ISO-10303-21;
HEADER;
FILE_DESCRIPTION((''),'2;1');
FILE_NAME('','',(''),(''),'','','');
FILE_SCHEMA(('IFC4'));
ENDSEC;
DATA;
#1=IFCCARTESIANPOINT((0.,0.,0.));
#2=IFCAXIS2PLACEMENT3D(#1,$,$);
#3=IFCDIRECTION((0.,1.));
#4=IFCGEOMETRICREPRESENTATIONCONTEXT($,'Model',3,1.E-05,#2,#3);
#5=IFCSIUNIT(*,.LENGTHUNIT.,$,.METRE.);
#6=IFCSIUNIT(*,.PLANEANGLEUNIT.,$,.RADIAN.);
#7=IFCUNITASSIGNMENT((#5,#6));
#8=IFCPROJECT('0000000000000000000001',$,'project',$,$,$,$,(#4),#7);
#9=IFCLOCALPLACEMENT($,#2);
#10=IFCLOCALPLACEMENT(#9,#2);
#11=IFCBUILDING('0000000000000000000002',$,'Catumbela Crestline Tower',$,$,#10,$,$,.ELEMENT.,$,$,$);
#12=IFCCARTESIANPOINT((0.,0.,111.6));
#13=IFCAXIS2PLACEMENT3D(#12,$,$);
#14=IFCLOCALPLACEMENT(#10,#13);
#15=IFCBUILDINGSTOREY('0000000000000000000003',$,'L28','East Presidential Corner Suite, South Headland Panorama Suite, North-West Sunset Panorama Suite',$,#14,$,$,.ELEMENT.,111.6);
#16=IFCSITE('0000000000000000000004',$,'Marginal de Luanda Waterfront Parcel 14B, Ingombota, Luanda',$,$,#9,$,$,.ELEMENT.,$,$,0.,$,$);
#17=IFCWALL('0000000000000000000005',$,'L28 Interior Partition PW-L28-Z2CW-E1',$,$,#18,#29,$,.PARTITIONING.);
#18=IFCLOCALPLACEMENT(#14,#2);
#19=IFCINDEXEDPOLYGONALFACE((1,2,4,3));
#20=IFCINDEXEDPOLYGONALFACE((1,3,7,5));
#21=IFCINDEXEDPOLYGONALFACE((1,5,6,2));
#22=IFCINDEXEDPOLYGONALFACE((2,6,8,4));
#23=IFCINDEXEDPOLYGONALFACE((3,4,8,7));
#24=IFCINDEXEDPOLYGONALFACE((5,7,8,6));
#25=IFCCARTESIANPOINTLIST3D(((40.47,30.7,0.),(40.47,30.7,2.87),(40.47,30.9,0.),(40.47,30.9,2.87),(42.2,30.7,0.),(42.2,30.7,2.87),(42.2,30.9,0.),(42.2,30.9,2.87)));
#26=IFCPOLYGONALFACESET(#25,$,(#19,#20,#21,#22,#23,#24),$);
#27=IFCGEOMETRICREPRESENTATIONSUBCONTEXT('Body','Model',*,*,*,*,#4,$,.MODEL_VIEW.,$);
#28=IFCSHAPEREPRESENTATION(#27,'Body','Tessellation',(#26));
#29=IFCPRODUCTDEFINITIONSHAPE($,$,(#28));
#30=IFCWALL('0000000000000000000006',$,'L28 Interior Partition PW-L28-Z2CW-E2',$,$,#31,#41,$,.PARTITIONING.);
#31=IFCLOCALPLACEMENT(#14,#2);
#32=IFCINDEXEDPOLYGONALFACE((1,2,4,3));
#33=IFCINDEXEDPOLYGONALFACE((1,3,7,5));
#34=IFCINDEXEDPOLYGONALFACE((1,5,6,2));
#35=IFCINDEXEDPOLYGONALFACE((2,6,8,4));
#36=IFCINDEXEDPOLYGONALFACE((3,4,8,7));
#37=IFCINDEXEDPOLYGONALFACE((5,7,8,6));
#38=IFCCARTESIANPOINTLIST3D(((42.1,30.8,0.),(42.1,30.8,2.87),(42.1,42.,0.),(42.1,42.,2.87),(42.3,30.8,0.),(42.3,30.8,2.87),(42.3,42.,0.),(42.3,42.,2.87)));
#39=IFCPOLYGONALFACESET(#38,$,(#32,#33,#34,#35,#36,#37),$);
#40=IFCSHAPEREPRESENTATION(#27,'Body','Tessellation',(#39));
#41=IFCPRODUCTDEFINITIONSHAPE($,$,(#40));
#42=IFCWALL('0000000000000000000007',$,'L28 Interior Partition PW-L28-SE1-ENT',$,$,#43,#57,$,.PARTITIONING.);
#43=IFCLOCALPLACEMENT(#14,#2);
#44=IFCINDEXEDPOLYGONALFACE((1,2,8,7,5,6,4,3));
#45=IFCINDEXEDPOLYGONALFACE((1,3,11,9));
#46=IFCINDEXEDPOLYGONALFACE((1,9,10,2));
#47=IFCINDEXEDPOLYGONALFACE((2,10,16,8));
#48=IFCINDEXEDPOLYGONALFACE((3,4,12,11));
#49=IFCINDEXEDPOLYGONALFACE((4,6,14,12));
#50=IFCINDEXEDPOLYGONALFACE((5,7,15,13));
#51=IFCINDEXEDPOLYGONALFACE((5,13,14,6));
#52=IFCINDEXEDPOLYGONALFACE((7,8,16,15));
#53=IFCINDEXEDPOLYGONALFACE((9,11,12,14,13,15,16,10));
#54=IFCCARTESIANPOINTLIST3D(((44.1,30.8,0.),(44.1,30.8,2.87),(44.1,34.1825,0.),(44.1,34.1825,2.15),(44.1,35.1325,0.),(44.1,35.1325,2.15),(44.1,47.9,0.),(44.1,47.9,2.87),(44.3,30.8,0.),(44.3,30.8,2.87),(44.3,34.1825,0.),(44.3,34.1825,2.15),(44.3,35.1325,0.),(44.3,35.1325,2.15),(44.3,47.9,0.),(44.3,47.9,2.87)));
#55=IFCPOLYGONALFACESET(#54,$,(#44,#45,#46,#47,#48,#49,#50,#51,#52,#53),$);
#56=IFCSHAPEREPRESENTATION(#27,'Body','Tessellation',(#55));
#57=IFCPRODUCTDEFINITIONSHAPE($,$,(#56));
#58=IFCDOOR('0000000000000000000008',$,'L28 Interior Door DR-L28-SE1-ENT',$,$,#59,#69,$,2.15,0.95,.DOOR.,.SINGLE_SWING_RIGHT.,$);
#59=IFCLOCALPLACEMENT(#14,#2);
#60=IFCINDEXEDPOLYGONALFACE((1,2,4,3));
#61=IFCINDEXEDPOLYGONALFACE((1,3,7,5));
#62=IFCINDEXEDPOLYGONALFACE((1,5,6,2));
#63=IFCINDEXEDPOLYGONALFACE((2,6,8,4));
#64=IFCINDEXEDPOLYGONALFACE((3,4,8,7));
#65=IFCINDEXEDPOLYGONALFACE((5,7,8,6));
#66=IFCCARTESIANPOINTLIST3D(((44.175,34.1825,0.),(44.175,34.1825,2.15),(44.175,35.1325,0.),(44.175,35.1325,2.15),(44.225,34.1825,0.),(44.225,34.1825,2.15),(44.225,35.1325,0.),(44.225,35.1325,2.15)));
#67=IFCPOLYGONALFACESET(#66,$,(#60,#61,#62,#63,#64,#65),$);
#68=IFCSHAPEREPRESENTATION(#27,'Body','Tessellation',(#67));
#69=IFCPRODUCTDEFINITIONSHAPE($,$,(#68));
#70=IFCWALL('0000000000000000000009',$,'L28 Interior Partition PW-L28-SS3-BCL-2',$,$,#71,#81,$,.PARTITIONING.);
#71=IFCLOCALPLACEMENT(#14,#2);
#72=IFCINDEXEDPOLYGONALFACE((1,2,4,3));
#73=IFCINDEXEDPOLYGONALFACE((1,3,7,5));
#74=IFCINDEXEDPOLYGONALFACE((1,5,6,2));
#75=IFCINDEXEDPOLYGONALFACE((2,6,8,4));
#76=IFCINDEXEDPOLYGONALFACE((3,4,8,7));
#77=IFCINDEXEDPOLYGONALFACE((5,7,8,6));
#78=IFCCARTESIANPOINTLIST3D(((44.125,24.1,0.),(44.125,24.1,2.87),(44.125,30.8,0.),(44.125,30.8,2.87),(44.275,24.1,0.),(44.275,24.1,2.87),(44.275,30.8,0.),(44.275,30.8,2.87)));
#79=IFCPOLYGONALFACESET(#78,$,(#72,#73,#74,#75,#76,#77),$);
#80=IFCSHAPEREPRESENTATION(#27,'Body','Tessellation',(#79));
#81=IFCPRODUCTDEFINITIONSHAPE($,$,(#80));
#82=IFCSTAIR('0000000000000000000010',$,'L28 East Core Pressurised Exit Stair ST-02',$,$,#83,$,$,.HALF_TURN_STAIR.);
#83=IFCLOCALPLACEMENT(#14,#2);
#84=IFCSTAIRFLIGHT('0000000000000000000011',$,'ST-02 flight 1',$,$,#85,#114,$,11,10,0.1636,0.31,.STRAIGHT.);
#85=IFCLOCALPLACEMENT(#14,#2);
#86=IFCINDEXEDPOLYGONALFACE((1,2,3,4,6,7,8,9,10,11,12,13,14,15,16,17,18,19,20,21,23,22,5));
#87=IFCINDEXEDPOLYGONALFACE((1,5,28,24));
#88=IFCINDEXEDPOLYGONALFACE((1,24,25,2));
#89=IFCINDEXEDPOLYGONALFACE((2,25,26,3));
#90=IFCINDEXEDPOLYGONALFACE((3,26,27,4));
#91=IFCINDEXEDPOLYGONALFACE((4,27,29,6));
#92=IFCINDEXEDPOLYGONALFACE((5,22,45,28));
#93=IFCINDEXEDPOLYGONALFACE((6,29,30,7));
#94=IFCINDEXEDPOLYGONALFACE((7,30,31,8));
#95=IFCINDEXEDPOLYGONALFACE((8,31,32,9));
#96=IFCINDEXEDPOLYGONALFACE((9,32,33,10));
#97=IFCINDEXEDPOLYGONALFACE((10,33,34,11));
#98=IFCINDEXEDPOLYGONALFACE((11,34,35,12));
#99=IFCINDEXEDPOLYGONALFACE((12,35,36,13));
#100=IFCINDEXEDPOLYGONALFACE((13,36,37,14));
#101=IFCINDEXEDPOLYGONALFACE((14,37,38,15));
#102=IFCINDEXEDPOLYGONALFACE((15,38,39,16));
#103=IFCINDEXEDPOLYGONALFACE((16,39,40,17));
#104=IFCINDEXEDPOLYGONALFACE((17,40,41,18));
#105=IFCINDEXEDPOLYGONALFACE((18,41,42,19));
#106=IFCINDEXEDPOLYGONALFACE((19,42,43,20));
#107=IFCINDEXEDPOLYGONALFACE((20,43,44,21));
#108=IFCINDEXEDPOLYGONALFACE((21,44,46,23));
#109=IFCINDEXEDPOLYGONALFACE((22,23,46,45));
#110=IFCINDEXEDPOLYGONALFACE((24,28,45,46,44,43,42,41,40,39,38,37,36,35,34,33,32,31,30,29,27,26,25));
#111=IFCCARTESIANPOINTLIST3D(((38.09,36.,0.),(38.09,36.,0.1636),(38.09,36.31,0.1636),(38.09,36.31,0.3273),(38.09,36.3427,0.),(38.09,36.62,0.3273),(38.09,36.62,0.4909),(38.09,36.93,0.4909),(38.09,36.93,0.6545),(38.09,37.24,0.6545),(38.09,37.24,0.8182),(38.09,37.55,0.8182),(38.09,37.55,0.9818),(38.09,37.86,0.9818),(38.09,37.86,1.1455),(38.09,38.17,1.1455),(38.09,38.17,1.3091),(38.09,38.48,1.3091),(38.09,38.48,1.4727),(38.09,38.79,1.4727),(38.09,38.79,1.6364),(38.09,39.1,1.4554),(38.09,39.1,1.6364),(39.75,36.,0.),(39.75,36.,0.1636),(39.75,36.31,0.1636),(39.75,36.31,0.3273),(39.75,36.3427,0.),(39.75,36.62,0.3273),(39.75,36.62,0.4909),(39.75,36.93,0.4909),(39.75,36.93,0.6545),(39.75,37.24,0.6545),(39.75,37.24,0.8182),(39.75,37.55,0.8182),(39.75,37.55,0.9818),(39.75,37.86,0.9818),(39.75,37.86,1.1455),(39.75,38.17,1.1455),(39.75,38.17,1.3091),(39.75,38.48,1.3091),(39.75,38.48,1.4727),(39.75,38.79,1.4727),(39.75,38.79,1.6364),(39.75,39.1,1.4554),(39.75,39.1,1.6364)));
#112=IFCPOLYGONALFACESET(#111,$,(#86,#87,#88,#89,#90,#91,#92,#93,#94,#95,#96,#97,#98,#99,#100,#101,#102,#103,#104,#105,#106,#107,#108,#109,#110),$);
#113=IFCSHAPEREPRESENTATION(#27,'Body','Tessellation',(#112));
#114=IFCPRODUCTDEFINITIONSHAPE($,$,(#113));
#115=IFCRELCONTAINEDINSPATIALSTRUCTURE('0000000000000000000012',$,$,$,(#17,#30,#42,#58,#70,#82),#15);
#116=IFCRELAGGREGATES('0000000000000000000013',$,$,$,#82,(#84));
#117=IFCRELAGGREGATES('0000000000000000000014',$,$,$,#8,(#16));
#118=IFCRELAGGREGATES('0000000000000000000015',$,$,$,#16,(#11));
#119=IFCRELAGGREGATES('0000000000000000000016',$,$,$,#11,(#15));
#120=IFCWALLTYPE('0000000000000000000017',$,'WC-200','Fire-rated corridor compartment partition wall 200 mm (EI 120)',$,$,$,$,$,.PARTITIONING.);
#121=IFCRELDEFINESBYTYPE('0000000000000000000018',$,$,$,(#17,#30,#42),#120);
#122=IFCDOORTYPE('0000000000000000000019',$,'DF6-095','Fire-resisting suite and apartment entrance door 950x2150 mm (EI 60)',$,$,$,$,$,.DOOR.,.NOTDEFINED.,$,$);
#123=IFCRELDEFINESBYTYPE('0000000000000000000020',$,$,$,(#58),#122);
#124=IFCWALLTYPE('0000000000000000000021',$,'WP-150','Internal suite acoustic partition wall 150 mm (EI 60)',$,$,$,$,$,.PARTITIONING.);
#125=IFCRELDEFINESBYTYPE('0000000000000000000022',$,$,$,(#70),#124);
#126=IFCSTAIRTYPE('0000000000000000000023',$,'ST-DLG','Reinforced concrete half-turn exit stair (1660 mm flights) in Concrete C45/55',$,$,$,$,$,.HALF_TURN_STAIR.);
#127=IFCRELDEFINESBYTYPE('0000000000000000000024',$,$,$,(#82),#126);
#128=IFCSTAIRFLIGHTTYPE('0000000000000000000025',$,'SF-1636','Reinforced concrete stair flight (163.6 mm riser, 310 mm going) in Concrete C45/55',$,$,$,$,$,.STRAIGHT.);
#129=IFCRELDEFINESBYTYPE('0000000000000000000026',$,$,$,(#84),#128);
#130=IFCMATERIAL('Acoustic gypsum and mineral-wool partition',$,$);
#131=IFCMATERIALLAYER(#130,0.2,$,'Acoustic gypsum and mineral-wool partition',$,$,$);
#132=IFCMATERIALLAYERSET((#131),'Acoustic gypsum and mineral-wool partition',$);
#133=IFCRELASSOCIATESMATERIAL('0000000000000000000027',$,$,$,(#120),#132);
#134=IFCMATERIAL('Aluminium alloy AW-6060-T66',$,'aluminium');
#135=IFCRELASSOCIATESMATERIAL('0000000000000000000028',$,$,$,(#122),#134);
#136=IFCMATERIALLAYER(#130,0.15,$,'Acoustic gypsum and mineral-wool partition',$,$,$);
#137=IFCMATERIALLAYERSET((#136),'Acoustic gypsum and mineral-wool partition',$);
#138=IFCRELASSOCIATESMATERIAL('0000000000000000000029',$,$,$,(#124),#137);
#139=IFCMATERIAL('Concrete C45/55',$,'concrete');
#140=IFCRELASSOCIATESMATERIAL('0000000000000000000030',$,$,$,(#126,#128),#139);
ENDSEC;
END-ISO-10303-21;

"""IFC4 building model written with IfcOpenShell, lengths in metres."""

from ifc_helpers import new_model, si_unit, direction, frame, frame_2d, origin, place, context, subcontext, project, spatial, polyline, rectangle, outline, extrude, material, layer, layer_set, type_object, element, fill, aggregate, save


model = new_model("IFC4")

# Units and contexts
model_context = context("Model", 3, precision=1e-05, world=origin(), true_north=direction((0.0, 1.0)))
body_context = subcontext(model_context, "Body", "Model", "MODEL_VIEW")
ifc_project = project(units=[si_unit("LENGTHUNIT", "METRE"), si_unit("PLANEANGLEUNIT", "RADIAN")], contexts=[model_context])

# Site, building, storey
site_placement = place(None, origin())
site = spatial("IfcSite", under=ifc_project, at=site_placement, Name="Marginal de Luanda Waterfront Parcel 14B, Ingombota, Luanda", CompositionType="ELEMENT", RefElevation=0.0)
building_placement = place(site_placement, origin())
building = spatial("IfcBuilding", under=site, at=building_placement, Name="Catumbela Crestline Tower", CompositionType="ELEMENT")
storey_placement = place(building_placement, frame((0.0, 0.0, 111.6)))
storey = spatial("IfcBuildingStorey", under=building, at=storey_placement, Name="L28", Description="East Presidential Corner Suite, South Headland Panorama Suite, North-West Sunset Panorama Suite", CompositionType="ELEMENT", Elevation=111.6)

# Shared definitions
ifc_material_1 = material(Name="Aluminium alloy AW-6060-T66", Category="aluminium")

# Walls
ifc_material_2 = material(Name="Acoustic gypsum and mineral-wool partition")
ifc_layer_1 = layer(ifc_material_2, 0.2, Name="Acoustic gypsum and mineral-wool partition")
ifc_layer_set_1 = layer_set([ifc_layer_1], Name="Acoustic gypsum and mineral-wool partition")
wall_type_1 = type_object("IfcWallType", Name="WC-200", Description="Fire-rated corridor compartment partition wall 200 mm (EI 120)", PredefinedType="PARTITIONING", material=ifc_layer_set_1)
wall_1_placement = place(storey_placement, frame((40.47, 30.8, 0.0), z_axis=(0.0, 0.0, 1.0), x_axis=(1.0, 0.0, 0.0)))
element("IfcWall", 1, at=wall_1_placement, inside=storey, type_object=wall_type_1, Name="L28 Interior Partition PW-L28-Z2CW-E1", PredefinedType="PARTITIONING", context=body_context, shape_type="SweptSolid", body=[
    extrude(rectangle(XDim=1.73, YDim=0.2, at=frame_2d((0.865, 0.0))), origin(), (0.0, 0.0, 1.0), 2.87),
])
wall_2_placement = place(storey_placement, frame((42.2, 30.8, 0.0), z_axis=(0.0, 0.0, 1.0), x_axis=(0.0, 1.0, 0.0)))
element("IfcWall", 2, at=wall_2_placement, inside=storey, type_object=wall_type_1, Name="L28 Interior Partition PW-L28-Z2CW-E2", PredefinedType="PARTITIONING", context=body_context, shape_type="SweptSolid", body=[
    extrude(rectangle(XDim=11.2, YDim=0.2, at=frame_2d((5.6, 0.0))), origin(), (0.0, 0.0, 1.0), 2.87),
])

# Wall, opening, door
wall_3_placement = place(storey_placement, frame((44.2, 30.8, 0.0), z_axis=(0.0, 0.0, 1.0), x_axis=(0.0, 1.0, 0.0)))
wall_3 = element("IfcWall", 3, at=wall_3_placement, inside=storey, type_object=wall_type_1, Name="L28 Interior Partition PW-L28-SE1-ENT", PredefinedType="PARTITIONING", context=body_context, shape_type="SweptSolid", body=[
    extrude(rectangle(XDim=17.1, YDim=0.2, at=frame_2d((8.55, 0.0))), origin(), (0.0, 0.0, 1.0), 2.87),
])
opening_placement = place(wall_3_placement, frame((3.3825, 0.0, 0.0)))
opening = element("IfcOpeningElement", 4, at=opening_placement, cuts=wall_3, PredefinedType="OPENING", context=body_context, shape_type="SweptSolid", body=[
    extrude(rectangle(XDim=0.95, YDim=2.15, at=frame_2d((0.475, 1.075))), frame((0.0, 0.11, 0.0), z_axis=(0.0, -1.0, 0.0), x_axis=(1.0, 0.0, 0.0)), (0.0, 0.0, 1.0), 0.22),
])
door_type = type_object("IfcDoorType", Name="DF6-095", Description="Fire-resisting suite and apartment entrance door 950x2150 mm (EI 60)", OperationType="NOTDEFINED", PredefinedType="DOOR", material=ifc_material_1)
door_placement = place(opening_placement, origin())
door = element("IfcDoor", 5, at=door_placement, inside=storey, type_object=door_type, Name="L28 Interior Door DR-L28-SE1-ENT", OperationType="SINGLE_SWING_RIGHT", OverallHeight=2.15, OverallWidth=0.95, PredefinedType="DOOR", context=body_context, shape_type="SweptSolid", body=[
    extrude(rectangle(XDim=0.95, YDim=2.15, at=frame_2d((0.475, 1.075))), frame((0.0, 0.025, 0.0), z_axis=(0.0, -1.0, 0.0), x_axis=(1.0, 0.0, 0.0)), (0.0, 0.0, 1.0), 0.05),
])
fill(opening, door)

# Wall
ifc_layer_2 = layer(ifc_material_2, 0.15, Name="Acoustic gypsum and mineral-wool partition")
ifc_layer_set_2 = layer_set([ifc_layer_2], Name="Acoustic gypsum and mineral-wool partition")
wall_type_2 = type_object("IfcWallType", Name="WP-150", Description="Internal suite acoustic partition wall 150 mm (EI 60)", PredefinedType="PARTITIONING", material=ifc_layer_set_2)
wall_4_placement = place(storey_placement, frame((44.2, 30.8, 0.0), z_axis=(0.0, 0.0, 1.0), x_axis=(0.0, -1.0, 0.0)))
element("IfcWall", 6, at=wall_4_placement, inside=storey, type_object=wall_type_2, Name="L28 Interior Partition PW-L28-SS3-BCL-2", PredefinedType="PARTITIONING", context=body_context, shape_type="SweptSolid", body=[
    extrude(rectangle(XDim=6.7, YDim=0.15, at=frame_2d((3.35, 0.0))), origin(), (0.0, 0.0, 1.0), 2.87),
])

# Stair, stair flight
ifc_material_3 = material(Name="Concrete C45/55", Category="concrete")
stair_type = type_object("IfcStairType", Name="ST-DLG", Description="Reinforced concrete half-turn exit stair (1660 mm flights) in Concrete C45/55", PredefinedType="HALF_TURN_STAIR", material=ifc_material_3)
stair_placement = place(storey_placement, origin())
stair = element("IfcStair", 7, at=stair_placement, inside=storey, type_object=stair_type, Name="L28 East Core Pressurised Exit Stair ST-02", PredefinedType="HALF_TURN_STAIR")
stair_flight_type = type_object("IfcStairFlightType", Name="SF-1636", Description="Reinforced concrete stair flight (163.6 mm riser, 310 mm going) in Concrete C45/55", PredefinedType="STRAIGHT", material=ifc_material_3)
stair_flight_placement = place(storey_placement, frame((38.92, 36.0, 0.0), z_axis=(0.0, 0.0, 1.0), x_axis=(0.0, 1.0, 0.0)))
stair_flight = element("IfcStairFlight", 8, at=stair_flight_placement, type_object=stair_flight_type, Name="ST-02 flight 1", NumberOfRisers=11, NumberOfTreads=10, PredefinedType="STRAIGHT", RiserHeight=0.1636, TreadLength=0.31, context=body_context, shape_type="SweptSolid", body=[
    extrude(outline(polyline([(0.0, 0.0), (0.0, 0.1636), (0.31, 0.1636), (0.31, 0.3273), (0.62, 0.3273), (0.62, 0.4909), (0.93, 0.4909), (0.93, 0.6545), (1.24, 0.6545), (1.24, 0.8182), (1.55, 0.8182), (1.55, 0.9818), (1.86, 0.9818), (1.86, 1.1455), (2.17, 1.1455), (2.17, 1.3091), (2.48, 1.3091), (2.48, 1.4727), (2.79, 1.4727), (2.79, 1.6364), (3.1, 1.6364), (3.1, 1.8), (3.1, 1.4554), (0.3427, 0.0), (0.0, 0.0)])), frame((0.0, 0.83, 0.0), z_axis=(0.0, -1.0, 0.0), x_axis=(1.0, 0.0, 0.0)), (0.0, 0.0, 1.0), 1.66),
])
aggregate(stair, [stair_flight])

save(model, "model.ifc")
